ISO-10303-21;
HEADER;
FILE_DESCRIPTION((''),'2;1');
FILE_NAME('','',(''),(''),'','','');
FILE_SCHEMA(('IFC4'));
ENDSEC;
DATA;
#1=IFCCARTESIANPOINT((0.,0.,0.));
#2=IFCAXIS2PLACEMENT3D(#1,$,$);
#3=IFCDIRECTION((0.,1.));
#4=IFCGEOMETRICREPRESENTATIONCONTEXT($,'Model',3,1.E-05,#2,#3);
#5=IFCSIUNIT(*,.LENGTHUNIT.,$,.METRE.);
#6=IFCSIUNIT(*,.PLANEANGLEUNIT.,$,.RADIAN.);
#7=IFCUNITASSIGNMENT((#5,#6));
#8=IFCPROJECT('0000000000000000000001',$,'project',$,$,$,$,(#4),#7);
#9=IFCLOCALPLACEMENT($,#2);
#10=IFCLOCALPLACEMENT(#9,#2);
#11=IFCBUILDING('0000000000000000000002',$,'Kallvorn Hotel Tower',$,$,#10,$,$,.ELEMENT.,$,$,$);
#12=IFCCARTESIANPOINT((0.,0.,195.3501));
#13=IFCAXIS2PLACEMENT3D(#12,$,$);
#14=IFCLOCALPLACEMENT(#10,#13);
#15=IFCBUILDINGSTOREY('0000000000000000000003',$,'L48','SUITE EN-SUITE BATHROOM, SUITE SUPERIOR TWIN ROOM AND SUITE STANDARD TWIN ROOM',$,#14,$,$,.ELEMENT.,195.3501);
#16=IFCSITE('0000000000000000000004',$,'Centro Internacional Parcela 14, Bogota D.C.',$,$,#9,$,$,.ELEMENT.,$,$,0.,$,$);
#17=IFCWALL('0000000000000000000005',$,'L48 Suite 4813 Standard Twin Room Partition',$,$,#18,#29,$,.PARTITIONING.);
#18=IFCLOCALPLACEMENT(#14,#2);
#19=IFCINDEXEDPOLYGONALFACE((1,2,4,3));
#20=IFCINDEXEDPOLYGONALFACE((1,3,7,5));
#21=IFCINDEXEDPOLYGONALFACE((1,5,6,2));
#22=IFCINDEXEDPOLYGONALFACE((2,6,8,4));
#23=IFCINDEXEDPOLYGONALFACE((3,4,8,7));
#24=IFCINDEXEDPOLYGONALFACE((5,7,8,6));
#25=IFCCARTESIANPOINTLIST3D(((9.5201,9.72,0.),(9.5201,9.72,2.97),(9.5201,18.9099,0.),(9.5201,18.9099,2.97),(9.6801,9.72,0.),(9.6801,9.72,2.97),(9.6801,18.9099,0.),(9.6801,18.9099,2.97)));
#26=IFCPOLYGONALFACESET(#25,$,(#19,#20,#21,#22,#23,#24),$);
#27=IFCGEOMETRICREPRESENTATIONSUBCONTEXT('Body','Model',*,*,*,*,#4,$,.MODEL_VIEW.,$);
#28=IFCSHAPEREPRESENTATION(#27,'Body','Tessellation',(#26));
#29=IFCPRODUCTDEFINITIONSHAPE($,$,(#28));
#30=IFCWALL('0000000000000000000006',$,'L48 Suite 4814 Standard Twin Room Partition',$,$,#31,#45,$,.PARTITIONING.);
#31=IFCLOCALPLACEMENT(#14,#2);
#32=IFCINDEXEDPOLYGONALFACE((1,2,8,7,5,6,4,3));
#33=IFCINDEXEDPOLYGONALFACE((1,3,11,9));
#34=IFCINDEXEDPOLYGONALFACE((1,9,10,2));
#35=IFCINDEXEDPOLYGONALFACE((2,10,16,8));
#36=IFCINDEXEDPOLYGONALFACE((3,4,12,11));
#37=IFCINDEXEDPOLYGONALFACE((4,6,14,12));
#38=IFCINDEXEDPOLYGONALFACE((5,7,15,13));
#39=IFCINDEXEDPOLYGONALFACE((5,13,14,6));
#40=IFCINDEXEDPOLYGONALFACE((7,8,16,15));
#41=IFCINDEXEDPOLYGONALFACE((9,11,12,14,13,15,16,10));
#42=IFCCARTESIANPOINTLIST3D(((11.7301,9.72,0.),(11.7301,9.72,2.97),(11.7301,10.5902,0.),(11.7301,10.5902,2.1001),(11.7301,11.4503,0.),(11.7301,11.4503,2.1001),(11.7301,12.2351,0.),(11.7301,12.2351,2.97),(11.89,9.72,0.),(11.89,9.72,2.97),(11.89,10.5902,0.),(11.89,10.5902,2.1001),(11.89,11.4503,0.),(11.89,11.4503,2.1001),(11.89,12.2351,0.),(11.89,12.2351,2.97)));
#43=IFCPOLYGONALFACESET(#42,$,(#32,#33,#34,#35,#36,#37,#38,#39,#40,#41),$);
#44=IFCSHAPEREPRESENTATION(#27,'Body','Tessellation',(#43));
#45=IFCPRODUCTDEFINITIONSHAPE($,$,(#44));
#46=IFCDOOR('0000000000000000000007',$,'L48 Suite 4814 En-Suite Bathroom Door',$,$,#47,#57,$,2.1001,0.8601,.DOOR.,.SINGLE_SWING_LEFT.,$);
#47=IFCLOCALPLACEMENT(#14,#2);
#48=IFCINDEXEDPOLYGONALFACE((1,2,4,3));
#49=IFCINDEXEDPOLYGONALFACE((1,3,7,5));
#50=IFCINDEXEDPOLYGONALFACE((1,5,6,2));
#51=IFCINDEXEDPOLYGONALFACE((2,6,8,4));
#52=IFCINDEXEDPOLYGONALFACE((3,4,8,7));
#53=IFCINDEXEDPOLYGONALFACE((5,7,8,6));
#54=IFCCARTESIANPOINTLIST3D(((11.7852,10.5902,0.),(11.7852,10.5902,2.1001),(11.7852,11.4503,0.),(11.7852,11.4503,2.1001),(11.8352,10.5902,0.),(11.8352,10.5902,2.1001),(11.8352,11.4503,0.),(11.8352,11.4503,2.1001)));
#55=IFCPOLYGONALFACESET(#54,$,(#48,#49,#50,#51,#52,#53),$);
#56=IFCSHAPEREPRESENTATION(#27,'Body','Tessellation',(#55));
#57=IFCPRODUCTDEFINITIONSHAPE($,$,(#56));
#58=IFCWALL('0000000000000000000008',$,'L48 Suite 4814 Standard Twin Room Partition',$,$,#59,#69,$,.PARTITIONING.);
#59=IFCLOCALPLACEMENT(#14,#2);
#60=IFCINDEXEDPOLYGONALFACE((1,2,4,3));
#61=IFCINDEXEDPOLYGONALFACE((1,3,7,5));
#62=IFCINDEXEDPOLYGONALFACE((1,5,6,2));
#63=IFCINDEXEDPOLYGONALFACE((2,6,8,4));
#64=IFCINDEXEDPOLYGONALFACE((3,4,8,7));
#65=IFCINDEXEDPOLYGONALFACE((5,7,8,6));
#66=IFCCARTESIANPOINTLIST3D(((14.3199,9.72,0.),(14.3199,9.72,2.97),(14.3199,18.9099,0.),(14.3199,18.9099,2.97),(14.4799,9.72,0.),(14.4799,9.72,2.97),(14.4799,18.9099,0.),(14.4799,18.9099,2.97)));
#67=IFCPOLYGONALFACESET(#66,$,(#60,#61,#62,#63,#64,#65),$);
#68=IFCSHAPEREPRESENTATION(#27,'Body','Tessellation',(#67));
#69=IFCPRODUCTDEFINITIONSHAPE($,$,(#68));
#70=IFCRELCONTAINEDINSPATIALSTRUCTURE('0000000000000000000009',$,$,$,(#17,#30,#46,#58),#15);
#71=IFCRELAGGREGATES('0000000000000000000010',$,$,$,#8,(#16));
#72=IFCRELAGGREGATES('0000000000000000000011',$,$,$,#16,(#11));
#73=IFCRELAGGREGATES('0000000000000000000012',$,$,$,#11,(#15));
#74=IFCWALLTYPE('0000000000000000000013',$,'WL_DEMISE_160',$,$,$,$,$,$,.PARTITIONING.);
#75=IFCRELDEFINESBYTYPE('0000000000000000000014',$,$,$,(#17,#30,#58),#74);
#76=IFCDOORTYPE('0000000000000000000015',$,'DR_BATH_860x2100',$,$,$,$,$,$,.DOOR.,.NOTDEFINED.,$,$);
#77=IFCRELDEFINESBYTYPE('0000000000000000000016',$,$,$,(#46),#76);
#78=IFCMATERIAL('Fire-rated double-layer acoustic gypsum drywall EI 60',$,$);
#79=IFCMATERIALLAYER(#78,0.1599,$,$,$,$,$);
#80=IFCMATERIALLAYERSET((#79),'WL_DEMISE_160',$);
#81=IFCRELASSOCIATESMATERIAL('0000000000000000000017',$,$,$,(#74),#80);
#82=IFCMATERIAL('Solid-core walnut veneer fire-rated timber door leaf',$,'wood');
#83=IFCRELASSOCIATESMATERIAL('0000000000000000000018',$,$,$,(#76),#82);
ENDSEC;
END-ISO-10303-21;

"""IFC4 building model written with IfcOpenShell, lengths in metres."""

from ifc_helpers import new_model, si_unit, direction, frame, frame_2d, origin, place, context, subcontext, project, spatial, rectangle, extrude, material, layer, layer_set, type_object, element, fill, save


model = new_model("IFC4")

# Units and contexts
model_context = context("Model", 3, precision=1e-05, world=origin(), true_north=direction((0.0, 1.0)))
body_context = subcontext(model_context, "Body", "Model", "MODEL_VIEW")
ifc_project = project(units=[si_unit("LENGTHUNIT", "METRE"), si_unit("PLANEANGLEUNIT", "RADIAN")], contexts=[model_context])

# Site, building, storey
site_placement = place(None, origin())
site = spatial("IfcSite", under=ifc_project, at=site_placement, Name="Centro Internacional Parcela 14, Bogota D.C.", CompositionType="ELEMENT", RefElevation=0.0)
building_placement = place(site_placement, origin())
building = spatial("IfcBuilding", under=site, at=building_placement, Name="Kallvorn Hotel Tower", CompositionType="ELEMENT")
storey_placement = place(building_placement, frame((0.0, 0.0, 195.3501)))
storey = spatial("IfcBuildingStorey", under=building, at=storey_placement, Name="L48", Description="SUITE EN-SUITE BATHROOM, SUITE SUPERIOR TWIN ROOM AND SUITE STANDARD TWIN ROOM", CompositionType="ELEMENT", Elevation=195.3501)

# Shared definitions
ifc_material_1 = material(Name="Fire-rated double-layer acoustic gypsum drywall EI 60")
ifc_layer = layer(ifc_material_1, 0.1599)
ifc_layer_set = layer_set([ifc_layer], Name="WL_DEMISE_160")
wall_type = type_object("IfcWallType", Name="WL_DEMISE_160", PredefinedType="PARTITIONING", material=ifc_layer_set)

# Shared definitions
ifc_material_2 = material(Name="Solid-core walnut veneer fire-rated timber door leaf", Category="wood")
door_type = type_object("IfcDoorType", Name="DR_BATH_860x2100", OperationType="NOTDEFINED", PredefinedType="DOOR", material=ifc_material_2)

# Wall
wall_1_placement = place(storey_placement, frame((9.6001, 9.72, 0.0), z_axis=(0.0, 0.0, 1.0), x_axis=(0.0, 1.0, 0.0)))
element("IfcWall", 1, at=wall_1_placement, inside=storey, type_object=wall_type, Name="L48 Suite 4813 Standard Twin Room Partition", PredefinedType="PARTITIONING", context=body_context, shape_type="SweptSolid", body=[
    extrude(rectangle(XDim=9.1899, YDim=0.1599, at=frame_2d((4.595, 0.0))), origin(), (0.0, 0.0, 1.0), 2.97),
])

# Wall, opening, door
wall_2_placement = place(storey_placement, frame((11.8101, 9.72, 0.0), z_axis=(0.0, 0.0, 1.0), x_axis=(0.0, 1.0, 0.0)))
wall_2 = element("IfcWall", 2, at=wall_2_placement, inside=storey, type_object=wall_type, Name="L48 Suite 4814 Standard Twin Room Partition", PredefinedType="PARTITIONING", context=body_context, shape_type="SweptSolid", body=[
    extrude(rectangle(XDim=2.5151, YDim=0.1599, at=frame_2d((1.2576, 0.0))), origin(), (0.0, 0.0, 1.0), 2.97),
])
opening_1_placement = place(wall_2_placement, frame((0.8701, 0.0, 0.0)))
opening_1 = element("IfcOpeningElement", 3, at=opening_1_placement, cuts=wall_2, PredefinedType="OPENING", context=body_context, shape_type="SweptSolid", body=[
    extrude(rectangle(XDim=0.8601, YDim=2.1001, at=frame_2d((0.4302, 1.05))), frame((0.0, 0.095, 0.0), z_axis=(0.0, -1.0, 0.0), x_axis=(1.0, 0.0, 0.0)), (0.0, 0.0, 1.0), 0.1899),
])
door_1_placement = place(opening_1_placement, origin())
door_1 = element("IfcDoor", 4, at=door_1_placement, inside=storey, type_object=door_type, Name="L48 Suite 4814 En-Suite Bathroom Door", OperationType="SINGLE_SWING_LEFT", OverallHeight=2.1001, OverallWidth=0.8601, PredefinedType="DOOR", context=body_context, shape_type="SweptSolid", body=[
    extrude(rectangle(XDim=0.8601, YDim=2.1001, at=frame_2d((0.4302, 1.05))), frame((0.0, 0.0249, 0.0), z_axis=(0.0, -1.0, 0.0), x_axis=(1.0, 0.0, 0.0)), (0.0, 0.0, 1.0), 0.05),
])
fill(opening_1, door_1)

# Wall
wall_3_placement = place(storey_placement, frame((14.3999, 9.72, 0.0), z_axis=(0.0, 0.0, 1.0), x_axis=(0.0, 1.0, 0.0)))
element("IfcWall", 5, at=wall_3_placement, inside=storey, type_object=wall_type, Name="L48 Suite 4814 Standard Twin Room Partition", PredefinedType="PARTITIONING", context=body_context, shape_type="SweptSolid", body=[
    extrude(rectangle(XDim=9.1899, YDim=0.1599, at=frame_2d((4.595, 0.0))), origin(), (0.0, 0.0, 1.0), 2.97),
])

save(model, "model.ifc")
